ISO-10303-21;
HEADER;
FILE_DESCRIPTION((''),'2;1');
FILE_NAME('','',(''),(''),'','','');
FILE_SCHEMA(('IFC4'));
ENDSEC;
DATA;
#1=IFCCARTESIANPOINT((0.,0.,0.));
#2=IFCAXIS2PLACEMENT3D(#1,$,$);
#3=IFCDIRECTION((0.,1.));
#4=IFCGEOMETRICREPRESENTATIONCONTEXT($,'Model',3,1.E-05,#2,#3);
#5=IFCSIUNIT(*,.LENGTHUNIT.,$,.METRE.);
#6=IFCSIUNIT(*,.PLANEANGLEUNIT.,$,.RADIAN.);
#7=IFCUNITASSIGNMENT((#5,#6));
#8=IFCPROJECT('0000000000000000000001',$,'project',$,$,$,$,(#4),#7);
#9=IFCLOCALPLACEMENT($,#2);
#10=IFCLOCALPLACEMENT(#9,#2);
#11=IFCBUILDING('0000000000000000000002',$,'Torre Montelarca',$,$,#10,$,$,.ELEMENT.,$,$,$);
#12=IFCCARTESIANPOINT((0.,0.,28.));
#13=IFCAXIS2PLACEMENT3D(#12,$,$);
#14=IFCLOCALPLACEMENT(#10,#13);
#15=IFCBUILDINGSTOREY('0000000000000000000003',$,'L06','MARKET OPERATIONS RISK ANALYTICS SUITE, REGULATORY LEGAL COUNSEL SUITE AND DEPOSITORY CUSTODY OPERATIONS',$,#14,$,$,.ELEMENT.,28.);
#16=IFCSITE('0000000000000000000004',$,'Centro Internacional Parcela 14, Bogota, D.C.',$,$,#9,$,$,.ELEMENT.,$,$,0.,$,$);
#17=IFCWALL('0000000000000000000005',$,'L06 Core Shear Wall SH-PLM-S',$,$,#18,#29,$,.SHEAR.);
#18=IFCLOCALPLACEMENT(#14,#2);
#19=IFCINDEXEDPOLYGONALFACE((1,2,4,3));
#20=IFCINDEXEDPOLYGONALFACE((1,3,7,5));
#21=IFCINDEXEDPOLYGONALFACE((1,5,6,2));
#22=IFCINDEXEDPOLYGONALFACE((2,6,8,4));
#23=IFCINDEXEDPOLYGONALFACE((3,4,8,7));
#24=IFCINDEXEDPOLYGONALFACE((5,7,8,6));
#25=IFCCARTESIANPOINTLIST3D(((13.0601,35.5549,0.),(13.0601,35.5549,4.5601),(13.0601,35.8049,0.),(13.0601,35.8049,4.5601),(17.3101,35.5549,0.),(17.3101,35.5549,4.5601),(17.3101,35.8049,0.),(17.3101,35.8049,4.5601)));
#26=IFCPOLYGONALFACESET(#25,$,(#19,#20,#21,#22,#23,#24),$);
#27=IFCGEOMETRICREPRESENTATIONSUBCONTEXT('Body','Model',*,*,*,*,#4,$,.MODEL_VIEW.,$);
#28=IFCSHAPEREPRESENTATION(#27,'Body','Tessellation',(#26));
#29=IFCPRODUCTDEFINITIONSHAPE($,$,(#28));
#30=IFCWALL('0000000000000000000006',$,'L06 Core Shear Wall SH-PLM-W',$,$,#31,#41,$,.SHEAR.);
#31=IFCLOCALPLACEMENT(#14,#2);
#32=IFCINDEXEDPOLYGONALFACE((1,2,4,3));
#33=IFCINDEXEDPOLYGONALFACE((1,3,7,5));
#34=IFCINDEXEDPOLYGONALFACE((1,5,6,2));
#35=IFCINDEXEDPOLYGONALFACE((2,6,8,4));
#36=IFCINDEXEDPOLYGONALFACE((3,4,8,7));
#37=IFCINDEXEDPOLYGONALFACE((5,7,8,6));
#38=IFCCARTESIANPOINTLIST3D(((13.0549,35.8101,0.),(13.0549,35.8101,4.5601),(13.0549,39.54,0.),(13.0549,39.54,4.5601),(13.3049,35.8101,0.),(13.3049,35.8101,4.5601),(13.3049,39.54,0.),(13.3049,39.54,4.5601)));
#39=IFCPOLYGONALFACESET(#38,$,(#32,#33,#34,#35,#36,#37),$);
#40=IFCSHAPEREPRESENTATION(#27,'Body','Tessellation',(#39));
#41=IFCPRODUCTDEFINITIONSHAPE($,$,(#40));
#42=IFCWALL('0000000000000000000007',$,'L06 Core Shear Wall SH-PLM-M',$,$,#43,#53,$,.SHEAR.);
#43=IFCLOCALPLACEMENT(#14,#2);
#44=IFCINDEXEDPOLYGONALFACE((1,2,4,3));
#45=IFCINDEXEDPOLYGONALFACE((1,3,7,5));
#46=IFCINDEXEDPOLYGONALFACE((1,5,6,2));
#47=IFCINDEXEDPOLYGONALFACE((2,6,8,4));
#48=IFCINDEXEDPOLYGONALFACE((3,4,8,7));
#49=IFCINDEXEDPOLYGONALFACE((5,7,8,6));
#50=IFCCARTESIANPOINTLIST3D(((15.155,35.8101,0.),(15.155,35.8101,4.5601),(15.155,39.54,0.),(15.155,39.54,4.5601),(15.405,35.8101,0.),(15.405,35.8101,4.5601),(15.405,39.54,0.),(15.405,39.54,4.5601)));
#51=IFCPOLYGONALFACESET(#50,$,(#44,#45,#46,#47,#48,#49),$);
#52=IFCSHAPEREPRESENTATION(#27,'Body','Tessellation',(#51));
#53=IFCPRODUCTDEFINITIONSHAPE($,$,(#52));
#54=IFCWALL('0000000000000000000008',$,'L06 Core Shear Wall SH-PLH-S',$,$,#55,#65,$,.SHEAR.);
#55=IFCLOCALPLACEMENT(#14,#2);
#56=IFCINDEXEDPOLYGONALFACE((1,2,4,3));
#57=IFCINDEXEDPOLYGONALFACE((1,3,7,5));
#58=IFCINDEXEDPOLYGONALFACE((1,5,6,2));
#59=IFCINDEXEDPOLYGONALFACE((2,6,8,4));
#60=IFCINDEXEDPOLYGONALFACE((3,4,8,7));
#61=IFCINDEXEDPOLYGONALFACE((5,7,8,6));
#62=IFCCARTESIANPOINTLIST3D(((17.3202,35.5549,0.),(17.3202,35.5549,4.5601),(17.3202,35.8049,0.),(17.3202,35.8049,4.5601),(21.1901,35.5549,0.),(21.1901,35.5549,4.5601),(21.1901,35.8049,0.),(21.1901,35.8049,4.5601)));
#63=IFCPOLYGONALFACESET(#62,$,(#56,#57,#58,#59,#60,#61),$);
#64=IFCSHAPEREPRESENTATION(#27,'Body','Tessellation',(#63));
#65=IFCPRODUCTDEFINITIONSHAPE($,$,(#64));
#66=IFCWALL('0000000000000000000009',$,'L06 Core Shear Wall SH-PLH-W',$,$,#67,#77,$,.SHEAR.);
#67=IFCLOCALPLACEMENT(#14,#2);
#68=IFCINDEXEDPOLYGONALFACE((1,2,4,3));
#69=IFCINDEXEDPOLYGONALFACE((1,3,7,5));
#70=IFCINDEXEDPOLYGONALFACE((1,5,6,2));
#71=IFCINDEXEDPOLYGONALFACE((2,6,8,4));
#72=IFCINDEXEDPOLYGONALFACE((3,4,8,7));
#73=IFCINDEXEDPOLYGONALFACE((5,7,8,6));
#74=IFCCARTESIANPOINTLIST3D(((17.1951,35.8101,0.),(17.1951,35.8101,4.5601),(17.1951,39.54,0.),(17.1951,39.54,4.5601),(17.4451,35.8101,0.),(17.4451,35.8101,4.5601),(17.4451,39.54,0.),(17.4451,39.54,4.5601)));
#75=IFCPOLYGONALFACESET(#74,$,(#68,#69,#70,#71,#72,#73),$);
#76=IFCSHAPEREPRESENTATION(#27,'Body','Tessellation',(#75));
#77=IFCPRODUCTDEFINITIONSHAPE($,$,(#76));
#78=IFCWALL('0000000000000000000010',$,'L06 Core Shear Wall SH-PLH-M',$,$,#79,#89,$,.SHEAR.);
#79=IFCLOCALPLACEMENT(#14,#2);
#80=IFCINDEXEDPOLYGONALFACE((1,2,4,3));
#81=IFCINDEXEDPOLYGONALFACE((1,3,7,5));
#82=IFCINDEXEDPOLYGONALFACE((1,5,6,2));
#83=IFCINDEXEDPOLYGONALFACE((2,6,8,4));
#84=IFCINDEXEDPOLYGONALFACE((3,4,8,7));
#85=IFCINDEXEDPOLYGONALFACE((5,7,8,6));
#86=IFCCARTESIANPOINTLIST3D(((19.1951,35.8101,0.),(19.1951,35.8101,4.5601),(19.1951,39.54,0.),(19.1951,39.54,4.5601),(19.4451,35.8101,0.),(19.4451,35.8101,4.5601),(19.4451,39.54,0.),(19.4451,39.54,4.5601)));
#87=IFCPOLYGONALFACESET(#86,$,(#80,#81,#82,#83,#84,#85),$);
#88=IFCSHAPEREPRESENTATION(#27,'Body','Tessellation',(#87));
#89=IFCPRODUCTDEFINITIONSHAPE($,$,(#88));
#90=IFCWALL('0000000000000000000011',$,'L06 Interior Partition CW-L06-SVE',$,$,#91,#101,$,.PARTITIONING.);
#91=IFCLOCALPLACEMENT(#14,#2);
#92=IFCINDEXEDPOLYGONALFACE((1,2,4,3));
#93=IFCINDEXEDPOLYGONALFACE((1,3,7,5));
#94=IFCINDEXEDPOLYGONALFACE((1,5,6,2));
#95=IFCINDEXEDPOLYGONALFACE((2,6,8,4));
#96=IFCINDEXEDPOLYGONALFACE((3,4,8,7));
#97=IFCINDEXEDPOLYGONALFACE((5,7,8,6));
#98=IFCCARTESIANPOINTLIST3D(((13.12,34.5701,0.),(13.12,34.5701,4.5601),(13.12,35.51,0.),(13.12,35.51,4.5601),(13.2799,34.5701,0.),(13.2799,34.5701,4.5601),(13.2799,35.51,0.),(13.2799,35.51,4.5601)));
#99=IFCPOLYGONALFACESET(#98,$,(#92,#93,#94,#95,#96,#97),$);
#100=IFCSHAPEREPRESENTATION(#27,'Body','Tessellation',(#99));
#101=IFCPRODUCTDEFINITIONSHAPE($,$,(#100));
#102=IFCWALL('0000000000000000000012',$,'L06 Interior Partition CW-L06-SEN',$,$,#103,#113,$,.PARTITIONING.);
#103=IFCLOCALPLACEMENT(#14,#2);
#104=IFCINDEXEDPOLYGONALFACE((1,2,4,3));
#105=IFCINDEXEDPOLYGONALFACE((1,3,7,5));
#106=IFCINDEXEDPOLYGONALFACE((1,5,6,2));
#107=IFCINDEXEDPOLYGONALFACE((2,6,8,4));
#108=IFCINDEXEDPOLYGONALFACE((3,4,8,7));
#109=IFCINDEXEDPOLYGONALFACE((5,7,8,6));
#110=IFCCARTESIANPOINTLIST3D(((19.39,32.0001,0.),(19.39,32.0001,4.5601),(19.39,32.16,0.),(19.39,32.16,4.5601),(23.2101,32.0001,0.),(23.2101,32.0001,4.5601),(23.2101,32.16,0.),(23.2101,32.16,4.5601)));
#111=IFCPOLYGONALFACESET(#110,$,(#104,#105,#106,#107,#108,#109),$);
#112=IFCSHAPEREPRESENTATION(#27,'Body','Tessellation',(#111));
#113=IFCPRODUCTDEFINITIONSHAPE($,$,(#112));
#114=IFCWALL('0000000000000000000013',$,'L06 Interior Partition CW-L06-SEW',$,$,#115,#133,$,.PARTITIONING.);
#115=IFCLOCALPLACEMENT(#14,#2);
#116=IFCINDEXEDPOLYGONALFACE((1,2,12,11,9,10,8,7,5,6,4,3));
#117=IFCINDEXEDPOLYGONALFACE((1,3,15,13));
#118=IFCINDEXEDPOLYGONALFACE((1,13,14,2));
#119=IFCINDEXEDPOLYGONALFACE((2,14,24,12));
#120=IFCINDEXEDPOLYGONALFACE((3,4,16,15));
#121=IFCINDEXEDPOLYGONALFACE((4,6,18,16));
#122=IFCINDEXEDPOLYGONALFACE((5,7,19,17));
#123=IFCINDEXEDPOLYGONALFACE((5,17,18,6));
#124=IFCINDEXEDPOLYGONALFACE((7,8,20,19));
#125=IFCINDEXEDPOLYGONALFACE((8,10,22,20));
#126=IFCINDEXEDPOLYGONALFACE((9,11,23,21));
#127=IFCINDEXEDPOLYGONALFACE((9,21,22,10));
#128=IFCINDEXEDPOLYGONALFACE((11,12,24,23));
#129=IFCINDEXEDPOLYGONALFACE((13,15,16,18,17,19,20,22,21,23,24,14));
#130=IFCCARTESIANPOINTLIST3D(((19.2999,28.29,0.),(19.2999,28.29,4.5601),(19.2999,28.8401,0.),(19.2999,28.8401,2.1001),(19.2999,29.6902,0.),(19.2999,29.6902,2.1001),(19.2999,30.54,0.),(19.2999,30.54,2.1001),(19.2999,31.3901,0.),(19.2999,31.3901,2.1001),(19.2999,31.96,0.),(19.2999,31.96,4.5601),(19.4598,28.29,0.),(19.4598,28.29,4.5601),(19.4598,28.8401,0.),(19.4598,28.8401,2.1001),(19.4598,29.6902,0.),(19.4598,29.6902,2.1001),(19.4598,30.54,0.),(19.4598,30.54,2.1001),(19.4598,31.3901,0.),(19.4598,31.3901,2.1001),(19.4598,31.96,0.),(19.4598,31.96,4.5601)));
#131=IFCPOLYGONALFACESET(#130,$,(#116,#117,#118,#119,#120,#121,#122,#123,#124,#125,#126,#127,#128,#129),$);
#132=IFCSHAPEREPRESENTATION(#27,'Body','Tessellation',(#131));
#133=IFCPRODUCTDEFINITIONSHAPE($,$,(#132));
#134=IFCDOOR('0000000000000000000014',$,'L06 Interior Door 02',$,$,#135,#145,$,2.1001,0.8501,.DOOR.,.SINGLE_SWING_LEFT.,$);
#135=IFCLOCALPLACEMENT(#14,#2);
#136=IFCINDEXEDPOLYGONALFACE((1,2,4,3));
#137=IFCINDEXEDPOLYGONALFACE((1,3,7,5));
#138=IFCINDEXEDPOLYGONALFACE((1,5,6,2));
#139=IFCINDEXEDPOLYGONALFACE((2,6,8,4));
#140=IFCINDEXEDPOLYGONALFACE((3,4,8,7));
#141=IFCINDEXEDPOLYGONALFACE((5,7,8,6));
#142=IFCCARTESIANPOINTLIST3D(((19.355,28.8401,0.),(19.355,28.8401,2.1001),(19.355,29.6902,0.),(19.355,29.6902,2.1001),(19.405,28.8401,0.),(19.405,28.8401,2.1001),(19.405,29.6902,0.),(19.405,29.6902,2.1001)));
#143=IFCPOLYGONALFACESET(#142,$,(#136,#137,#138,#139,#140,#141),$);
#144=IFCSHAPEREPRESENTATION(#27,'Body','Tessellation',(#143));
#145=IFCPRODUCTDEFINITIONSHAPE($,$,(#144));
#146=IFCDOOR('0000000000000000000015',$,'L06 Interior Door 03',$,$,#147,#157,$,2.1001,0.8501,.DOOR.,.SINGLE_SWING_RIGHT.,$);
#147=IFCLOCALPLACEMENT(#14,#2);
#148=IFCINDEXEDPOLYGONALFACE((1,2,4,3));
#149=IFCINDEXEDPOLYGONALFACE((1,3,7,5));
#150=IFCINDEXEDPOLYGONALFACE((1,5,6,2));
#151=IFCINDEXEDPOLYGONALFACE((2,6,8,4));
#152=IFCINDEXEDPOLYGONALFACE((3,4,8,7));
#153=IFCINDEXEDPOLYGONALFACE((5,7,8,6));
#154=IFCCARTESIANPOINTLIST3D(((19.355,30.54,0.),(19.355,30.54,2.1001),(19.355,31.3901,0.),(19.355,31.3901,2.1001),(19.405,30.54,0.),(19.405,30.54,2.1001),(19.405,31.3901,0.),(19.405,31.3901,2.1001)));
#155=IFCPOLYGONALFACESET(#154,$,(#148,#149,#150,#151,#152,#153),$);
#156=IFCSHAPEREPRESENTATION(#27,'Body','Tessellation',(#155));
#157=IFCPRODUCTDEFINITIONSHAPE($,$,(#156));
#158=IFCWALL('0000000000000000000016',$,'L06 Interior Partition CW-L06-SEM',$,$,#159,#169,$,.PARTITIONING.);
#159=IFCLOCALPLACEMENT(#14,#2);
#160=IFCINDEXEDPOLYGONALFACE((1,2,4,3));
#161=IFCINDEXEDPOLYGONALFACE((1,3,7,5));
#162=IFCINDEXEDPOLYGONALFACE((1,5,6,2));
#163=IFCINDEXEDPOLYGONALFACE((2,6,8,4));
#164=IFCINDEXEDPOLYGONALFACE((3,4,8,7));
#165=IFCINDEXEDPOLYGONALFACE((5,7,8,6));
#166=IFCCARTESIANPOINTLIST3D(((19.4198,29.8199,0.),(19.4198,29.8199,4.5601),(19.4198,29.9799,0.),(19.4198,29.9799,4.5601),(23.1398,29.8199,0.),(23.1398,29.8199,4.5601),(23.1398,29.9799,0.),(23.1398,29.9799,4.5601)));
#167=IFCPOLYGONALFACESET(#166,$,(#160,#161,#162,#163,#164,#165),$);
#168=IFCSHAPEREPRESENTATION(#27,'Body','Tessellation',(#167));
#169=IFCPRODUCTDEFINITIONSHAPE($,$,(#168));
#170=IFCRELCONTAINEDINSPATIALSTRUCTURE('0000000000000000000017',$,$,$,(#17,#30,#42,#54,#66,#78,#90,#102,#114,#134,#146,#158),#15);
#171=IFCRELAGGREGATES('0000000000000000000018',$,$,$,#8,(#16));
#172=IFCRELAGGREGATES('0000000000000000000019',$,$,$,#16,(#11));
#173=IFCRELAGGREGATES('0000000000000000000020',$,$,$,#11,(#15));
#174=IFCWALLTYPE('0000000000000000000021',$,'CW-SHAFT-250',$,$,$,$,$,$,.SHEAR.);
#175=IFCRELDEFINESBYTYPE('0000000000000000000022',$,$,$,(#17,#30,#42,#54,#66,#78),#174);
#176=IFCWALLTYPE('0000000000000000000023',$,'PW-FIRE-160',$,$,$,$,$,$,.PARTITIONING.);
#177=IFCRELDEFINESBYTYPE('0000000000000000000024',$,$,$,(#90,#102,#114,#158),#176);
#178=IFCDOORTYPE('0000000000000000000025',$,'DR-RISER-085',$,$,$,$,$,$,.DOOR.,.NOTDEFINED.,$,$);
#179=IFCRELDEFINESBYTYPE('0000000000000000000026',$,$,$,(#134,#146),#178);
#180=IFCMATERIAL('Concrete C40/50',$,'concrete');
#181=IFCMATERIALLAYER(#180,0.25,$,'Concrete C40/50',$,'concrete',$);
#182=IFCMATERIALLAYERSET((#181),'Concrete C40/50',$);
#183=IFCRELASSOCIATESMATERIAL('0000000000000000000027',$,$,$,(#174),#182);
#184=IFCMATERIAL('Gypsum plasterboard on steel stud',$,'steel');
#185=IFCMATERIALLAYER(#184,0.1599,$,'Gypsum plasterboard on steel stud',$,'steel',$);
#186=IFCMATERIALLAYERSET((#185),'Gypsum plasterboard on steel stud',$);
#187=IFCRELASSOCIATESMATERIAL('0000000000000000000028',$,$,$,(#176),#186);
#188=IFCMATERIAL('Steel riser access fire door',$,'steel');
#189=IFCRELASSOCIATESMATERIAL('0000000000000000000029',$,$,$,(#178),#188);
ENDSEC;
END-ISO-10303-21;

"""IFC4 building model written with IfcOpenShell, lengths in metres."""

from ifc_helpers import new_model, si_unit, direction, frame, frame_2d, origin, place, context, subcontext, project, spatial, rectangle, extrude, source, transform, mapped, material, layer, layer_set, type_object, element, fill, save


model = new_model("IFC4")

# Units and contexts
model_context = context("Model", 3, precision=1e-05, world=origin(), true_north=direction((0.0, 1.0)))
body_context = subcontext(model_context, "Body", "Model", "MODEL_VIEW")
ifc_project = project(units=[si_unit("LENGTHUNIT", "METRE"), si_unit("PLANEANGLEUNIT", "RADIAN")], contexts=[model_context])

# Site, building, storey
site_placement = place(None, origin())
site = spatial("IfcSite", under=ifc_project, at=site_placement, Name="Centro Internacional Parcela 14, Bogota, D.C.", CompositionType="ELEMENT", RefElevation=0.0)
building_placement = place(site_placement, origin())
building = spatial("IfcBuilding", under=site, at=building_placement, Name="Torre Montelarca", CompositionType="ELEMENT")
storey_placement = place(building_placement, frame((0.0, 0.0, 28.0)))
storey = spatial("IfcBuildingStorey", under=building, at=storey_placement, Name="L06", Description="MARKET OPERATIONS RISK ANALYTICS SUITE, REGULATORY LEGAL COUNSEL SUITE AND DEPOSITORY CUSTODY OPERATIONS", CompositionType="ELEMENT", Elevation=28.0)

# Shared definitions
ifc_material_1 = material(Name="Concrete C40/50", Category="concrete")
ifc_layer_1 = layer(ifc_material_1, 0.25, Name="Concrete C40/50", Category="concrete")
ifc_layer_set_1 = layer_set([ifc_layer_1], Name="Concrete C40/50")
wall_type_1 = type_object("IfcWallType", Name="CW-SHAFT-250", PredefinedType="SHEAR", material=ifc_layer_set_1)

# Walls
wall_1_placement = place(storey_placement, frame((13.0601, 35.6799, 0.0), z_axis=(0.0, 0.0, 1.0), x_axis=(1.0, 0.0, 0.0)))
element("IfcWall", 1, at=wall_1_placement, inside=storey, type_object=wall_type_1, Name="L06 Core Shear Wall SH-PLM-S", PredefinedType="SHEAR", context=body_context, shape_type="SweptSolid", body=[
    extrude(rectangle(XDim=4.25, YDim=0.25, at=frame_2d((2.125, 0.0))), origin(), (0.0, 0.0, 1.0), 4.5601),
])
for number, where, z_axis, x_axis, name in (
    (2, (13.1799, 35.8101, 0.0), (0.0, 0.0, 1.0), (0.0, 1.0, 0.0), "L06 Core Shear Wall SH-PLM-W"),
    (3, (15.28, 35.8101, 0.0), (0.0, 0.0, 1.0), (0.0, 1.0, 0.0), "L06 Core Shear Wall SH-PLM-M"),
):
    element("IfcWall", number, at=place(storey_placement, frame(where, z_axis=z_axis, x_axis=x_axis)), inside=storey, type_object=wall_type_1, Name=name, PredefinedType="SHEAR", context=body_context, shape_type="SweptSolid", body=[
        extrude(rectangle(XDim=3.73, YDim=0.25, at=frame_2d((1.865, 0.0))), origin(), (0.0, 0.0, 1.0), 4.5601),
    ])
wall_2_placement = place(storey_placement, frame((17.3201, 35.6799, 0.0), z_axis=(0.0, 0.0, 1.0), x_axis=(1.0, 0.0, 0.0)))
element("IfcWall", 4, at=wall_2_placement, inside=storey, type_object=wall_type_1, Name="L06 Core Shear Wall SH-PLH-S", PredefinedType="SHEAR", context=body_context, shape_type="SweptSolid", body=[
    extrude(rectangle(XDim=3.8699, YDim=0.25, at=frame_2d((1.9351, 0.0))), origin(), (0.0, 0.0, 1.0), 4.5601),
])
for number, where, z_axis, x_axis, name in (
    (5, (17.3201, 35.8101, 0.0), (0.0, 0.0, 1.0), (0.0, 1.0, 0.0), "L06 Core Shear Wall SH-PLH-W"),
    (6, (19.3201, 35.8101, 0.0), (0.0, 0.0, 1.0), (0.0, 1.0, 0.0), "L06 Core Shear Wall SH-PLH-M"),
):
    element("IfcWall", number, at=place(storey_placement, frame(where, z_axis=z_axis, x_axis=x_axis)), inside=storey, type_object=wall_type_1, Name=name, PredefinedType="SHEAR", context=body_context, shape_type="SweptSolid", body=[
        extrude(rectangle(XDim=3.73, YDim=0.25, at=frame_2d((1.865, 0.0))), origin(), (0.0, 0.0, 1.0), 4.5601),
    ])
ifc_material_2 = material(Name="Gypsum plasterboard on steel stud", Category="steel")
ifc_layer_2 = layer(ifc_material_2, 0.1599, Name="Gypsum plasterboard on steel stud", Category="steel")
ifc_layer_set_2 = layer_set([ifc_layer_2], Name="Gypsum plasterboard on steel stud")
wall_type_2 = type_object("IfcWallType", Name="PW-FIRE-160", PredefinedType="PARTITIONING", material=ifc_layer_set_2)
wall_3_placement = place(storey_placement, frame((13.2, 34.5701, 0.0), z_axis=(0.0, 0.0, 1.0), x_axis=(0.0, 1.0, 0.0)))
element("IfcWall", 7, at=wall_3_placement, inside=storey, type_object=wall_type_2, Name="L06 Interior Partition CW-L06-SVE", PredefinedType="PARTITIONING", context=body_context, shape_type="SweptSolid", body=[
    extrude(rectangle(XDim=0.9399, YDim=0.1599, at=frame_2d((0.47, 0.0))), origin(), (0.0, 0.0, 1.0), 4.5601),
])
wall_4_placement = place(storey_placement, frame((19.3899, 32.0801, 0.0), z_axis=(0.0, 0.0, 1.0), x_axis=(1.0, 0.0, 0.0)))
element("IfcWall", 8, at=wall_4_placement, inside=storey, type_object=wall_type_2, Name="L06 Interior Partition CW-L06-SEN", PredefinedType="PARTITIONING", context=body_context, shape_type="SweptSolid", body=[
    extrude(rectangle(XDim=3.8201, YDim=0.1599, at=frame_2d((1.9102, 0.0))), origin(), (0.0, 0.0, 1.0), 4.5601),
])

# Wall, openings, doors
wall_5_placement = place(storey_placement, frame((19.3799, 28.29, 0.0), z_axis=(0.0, 0.0, 1.0), x_axis=(0.0, 1.0, 0.0)))
wall_5 = element("IfcWall", 9, at=wall_5_placement, inside=storey, type_object=wall_type_2, Name="L06 Interior Partition CW-L06-SEW", PredefinedType="PARTITIONING", context=body_context, shape_type="SweptSolid", body=[
    extrude(rectangle(XDim=3.6699, YDim=0.1599, at=frame_2d((1.835, 0.0))), origin(), (0.0, 0.0, 1.0), 4.5601),
])
opening_1_placement = place(wall_5_placement, frame((0.55, 0.0, 0.0)))
opening_1 = element("IfcOpeningElement", 10, at=opening_1_placement, cuts=wall_5, PredefinedType="OPENING", context=body_context, shape_type="SweptSolid", body=[
    extrude(rectangle(XDim=0.8501, YDim=2.1001, at=frame_2d((0.425, 1.05))), frame((0.0, 0.0898, 0.0), z_axis=(0.0, -1.0, 0.0), x_axis=(1.0, 0.0, 0.0)), (0.0, 0.0, 1.0), 0.1799),
])
opening_2_placement = place(wall_5_placement, frame((2.25, 0.0, 0.0)))
opening_2 = element("IfcOpeningElement", 11, at=opening_2_placement, cuts=wall_5, PredefinedType="OPENING", context=body_context, shape_type="SweptSolid", body=[
    extrude(rectangle(XDim=0.8501, YDim=2.1001, at=frame_2d((0.425, 1.05))), frame((0.0, 0.0898, 0.0), z_axis=(0.0, -1.0, 0.0), x_axis=(1.0, 0.0, 0.0)), (0.0, 0.0, 1.0), 0.1799),
])
ifc_material_3 = material(Name="Steel riser access fire door", Category="steel")
door_type_1 = type_object("IfcDoorType", Name="DR-RISER-085", OperationType="NOTDEFINED", PredefinedType="DOOR", material=ifc_material_3)
shared_shape_1 = source(origin(), body_context, "Body", "SweptSolid", [
    extrude(rectangle(XDim=0.8501, YDim=2.1001, at=frame_2d((0.425, 1.05))), frame((0.0, 0.0249, 0.0), z_axis=(0.0, -1.0, 0.0), x_axis=(1.0, 0.0, 0.0)), (0.0, 0.0, 1.0), 0.05),
])
door_1_placement = place(opening_1_placement, origin())
door_1 = element("IfcDoor", 12, at=door_1_placement, inside=storey, type_object=door_type_1, Name="L06 Interior Door 02", OperationType="SINGLE_SWING_LEFT", OverallHeight=2.1001, OverallWidth=0.8501, PredefinedType="DOOR", context=body_context, shape_type="MappedRepresentation", body=[
    mapped(shared_shape_1, transform((0.0, 0.0, 0.0), scale=1.0)),
])
fill(opening_1, door_1)
door_2_placement = place(opening_2_placement, origin())
door_2 = element("IfcDoor", 13, at=door_2_placement, inside=storey, type_object=door_type_1, Name="L06 Interior Door 03", OperationType="SINGLE_SWING_RIGHT", OverallHeight=2.1001, OverallWidth=0.8501, PredefinedType="DOOR", context=body_context, shape_type="MappedRepresentation", body=[
    mapped(shared_shape_1, transform((0.0, 0.0, 0.0), scale=1.0)),
])
fill(opening_2, door_2)

# Wall
wall_6_placement = place(storey_placement, frame((19.4199, 29.8999, 0.0), z_axis=(0.0, 0.0, 1.0), x_axis=(1.0, 0.0, 0.0)))
element("IfcWall", 14, at=wall_6_placement, inside=storey, type_object=wall_type_2, Name="L06 Interior Partition CW-L06-SEM", PredefinedType="PARTITIONING", context=body_context, shape_type="SweptSolid", body=[
    extrude(rectangle(XDim=3.72, YDim=0.1599, at=frame_2d((1.8599, 0.0))), origin(), (0.0, 0.0, 1.0), 4.5601),
])

save(model, "model.ifc")
